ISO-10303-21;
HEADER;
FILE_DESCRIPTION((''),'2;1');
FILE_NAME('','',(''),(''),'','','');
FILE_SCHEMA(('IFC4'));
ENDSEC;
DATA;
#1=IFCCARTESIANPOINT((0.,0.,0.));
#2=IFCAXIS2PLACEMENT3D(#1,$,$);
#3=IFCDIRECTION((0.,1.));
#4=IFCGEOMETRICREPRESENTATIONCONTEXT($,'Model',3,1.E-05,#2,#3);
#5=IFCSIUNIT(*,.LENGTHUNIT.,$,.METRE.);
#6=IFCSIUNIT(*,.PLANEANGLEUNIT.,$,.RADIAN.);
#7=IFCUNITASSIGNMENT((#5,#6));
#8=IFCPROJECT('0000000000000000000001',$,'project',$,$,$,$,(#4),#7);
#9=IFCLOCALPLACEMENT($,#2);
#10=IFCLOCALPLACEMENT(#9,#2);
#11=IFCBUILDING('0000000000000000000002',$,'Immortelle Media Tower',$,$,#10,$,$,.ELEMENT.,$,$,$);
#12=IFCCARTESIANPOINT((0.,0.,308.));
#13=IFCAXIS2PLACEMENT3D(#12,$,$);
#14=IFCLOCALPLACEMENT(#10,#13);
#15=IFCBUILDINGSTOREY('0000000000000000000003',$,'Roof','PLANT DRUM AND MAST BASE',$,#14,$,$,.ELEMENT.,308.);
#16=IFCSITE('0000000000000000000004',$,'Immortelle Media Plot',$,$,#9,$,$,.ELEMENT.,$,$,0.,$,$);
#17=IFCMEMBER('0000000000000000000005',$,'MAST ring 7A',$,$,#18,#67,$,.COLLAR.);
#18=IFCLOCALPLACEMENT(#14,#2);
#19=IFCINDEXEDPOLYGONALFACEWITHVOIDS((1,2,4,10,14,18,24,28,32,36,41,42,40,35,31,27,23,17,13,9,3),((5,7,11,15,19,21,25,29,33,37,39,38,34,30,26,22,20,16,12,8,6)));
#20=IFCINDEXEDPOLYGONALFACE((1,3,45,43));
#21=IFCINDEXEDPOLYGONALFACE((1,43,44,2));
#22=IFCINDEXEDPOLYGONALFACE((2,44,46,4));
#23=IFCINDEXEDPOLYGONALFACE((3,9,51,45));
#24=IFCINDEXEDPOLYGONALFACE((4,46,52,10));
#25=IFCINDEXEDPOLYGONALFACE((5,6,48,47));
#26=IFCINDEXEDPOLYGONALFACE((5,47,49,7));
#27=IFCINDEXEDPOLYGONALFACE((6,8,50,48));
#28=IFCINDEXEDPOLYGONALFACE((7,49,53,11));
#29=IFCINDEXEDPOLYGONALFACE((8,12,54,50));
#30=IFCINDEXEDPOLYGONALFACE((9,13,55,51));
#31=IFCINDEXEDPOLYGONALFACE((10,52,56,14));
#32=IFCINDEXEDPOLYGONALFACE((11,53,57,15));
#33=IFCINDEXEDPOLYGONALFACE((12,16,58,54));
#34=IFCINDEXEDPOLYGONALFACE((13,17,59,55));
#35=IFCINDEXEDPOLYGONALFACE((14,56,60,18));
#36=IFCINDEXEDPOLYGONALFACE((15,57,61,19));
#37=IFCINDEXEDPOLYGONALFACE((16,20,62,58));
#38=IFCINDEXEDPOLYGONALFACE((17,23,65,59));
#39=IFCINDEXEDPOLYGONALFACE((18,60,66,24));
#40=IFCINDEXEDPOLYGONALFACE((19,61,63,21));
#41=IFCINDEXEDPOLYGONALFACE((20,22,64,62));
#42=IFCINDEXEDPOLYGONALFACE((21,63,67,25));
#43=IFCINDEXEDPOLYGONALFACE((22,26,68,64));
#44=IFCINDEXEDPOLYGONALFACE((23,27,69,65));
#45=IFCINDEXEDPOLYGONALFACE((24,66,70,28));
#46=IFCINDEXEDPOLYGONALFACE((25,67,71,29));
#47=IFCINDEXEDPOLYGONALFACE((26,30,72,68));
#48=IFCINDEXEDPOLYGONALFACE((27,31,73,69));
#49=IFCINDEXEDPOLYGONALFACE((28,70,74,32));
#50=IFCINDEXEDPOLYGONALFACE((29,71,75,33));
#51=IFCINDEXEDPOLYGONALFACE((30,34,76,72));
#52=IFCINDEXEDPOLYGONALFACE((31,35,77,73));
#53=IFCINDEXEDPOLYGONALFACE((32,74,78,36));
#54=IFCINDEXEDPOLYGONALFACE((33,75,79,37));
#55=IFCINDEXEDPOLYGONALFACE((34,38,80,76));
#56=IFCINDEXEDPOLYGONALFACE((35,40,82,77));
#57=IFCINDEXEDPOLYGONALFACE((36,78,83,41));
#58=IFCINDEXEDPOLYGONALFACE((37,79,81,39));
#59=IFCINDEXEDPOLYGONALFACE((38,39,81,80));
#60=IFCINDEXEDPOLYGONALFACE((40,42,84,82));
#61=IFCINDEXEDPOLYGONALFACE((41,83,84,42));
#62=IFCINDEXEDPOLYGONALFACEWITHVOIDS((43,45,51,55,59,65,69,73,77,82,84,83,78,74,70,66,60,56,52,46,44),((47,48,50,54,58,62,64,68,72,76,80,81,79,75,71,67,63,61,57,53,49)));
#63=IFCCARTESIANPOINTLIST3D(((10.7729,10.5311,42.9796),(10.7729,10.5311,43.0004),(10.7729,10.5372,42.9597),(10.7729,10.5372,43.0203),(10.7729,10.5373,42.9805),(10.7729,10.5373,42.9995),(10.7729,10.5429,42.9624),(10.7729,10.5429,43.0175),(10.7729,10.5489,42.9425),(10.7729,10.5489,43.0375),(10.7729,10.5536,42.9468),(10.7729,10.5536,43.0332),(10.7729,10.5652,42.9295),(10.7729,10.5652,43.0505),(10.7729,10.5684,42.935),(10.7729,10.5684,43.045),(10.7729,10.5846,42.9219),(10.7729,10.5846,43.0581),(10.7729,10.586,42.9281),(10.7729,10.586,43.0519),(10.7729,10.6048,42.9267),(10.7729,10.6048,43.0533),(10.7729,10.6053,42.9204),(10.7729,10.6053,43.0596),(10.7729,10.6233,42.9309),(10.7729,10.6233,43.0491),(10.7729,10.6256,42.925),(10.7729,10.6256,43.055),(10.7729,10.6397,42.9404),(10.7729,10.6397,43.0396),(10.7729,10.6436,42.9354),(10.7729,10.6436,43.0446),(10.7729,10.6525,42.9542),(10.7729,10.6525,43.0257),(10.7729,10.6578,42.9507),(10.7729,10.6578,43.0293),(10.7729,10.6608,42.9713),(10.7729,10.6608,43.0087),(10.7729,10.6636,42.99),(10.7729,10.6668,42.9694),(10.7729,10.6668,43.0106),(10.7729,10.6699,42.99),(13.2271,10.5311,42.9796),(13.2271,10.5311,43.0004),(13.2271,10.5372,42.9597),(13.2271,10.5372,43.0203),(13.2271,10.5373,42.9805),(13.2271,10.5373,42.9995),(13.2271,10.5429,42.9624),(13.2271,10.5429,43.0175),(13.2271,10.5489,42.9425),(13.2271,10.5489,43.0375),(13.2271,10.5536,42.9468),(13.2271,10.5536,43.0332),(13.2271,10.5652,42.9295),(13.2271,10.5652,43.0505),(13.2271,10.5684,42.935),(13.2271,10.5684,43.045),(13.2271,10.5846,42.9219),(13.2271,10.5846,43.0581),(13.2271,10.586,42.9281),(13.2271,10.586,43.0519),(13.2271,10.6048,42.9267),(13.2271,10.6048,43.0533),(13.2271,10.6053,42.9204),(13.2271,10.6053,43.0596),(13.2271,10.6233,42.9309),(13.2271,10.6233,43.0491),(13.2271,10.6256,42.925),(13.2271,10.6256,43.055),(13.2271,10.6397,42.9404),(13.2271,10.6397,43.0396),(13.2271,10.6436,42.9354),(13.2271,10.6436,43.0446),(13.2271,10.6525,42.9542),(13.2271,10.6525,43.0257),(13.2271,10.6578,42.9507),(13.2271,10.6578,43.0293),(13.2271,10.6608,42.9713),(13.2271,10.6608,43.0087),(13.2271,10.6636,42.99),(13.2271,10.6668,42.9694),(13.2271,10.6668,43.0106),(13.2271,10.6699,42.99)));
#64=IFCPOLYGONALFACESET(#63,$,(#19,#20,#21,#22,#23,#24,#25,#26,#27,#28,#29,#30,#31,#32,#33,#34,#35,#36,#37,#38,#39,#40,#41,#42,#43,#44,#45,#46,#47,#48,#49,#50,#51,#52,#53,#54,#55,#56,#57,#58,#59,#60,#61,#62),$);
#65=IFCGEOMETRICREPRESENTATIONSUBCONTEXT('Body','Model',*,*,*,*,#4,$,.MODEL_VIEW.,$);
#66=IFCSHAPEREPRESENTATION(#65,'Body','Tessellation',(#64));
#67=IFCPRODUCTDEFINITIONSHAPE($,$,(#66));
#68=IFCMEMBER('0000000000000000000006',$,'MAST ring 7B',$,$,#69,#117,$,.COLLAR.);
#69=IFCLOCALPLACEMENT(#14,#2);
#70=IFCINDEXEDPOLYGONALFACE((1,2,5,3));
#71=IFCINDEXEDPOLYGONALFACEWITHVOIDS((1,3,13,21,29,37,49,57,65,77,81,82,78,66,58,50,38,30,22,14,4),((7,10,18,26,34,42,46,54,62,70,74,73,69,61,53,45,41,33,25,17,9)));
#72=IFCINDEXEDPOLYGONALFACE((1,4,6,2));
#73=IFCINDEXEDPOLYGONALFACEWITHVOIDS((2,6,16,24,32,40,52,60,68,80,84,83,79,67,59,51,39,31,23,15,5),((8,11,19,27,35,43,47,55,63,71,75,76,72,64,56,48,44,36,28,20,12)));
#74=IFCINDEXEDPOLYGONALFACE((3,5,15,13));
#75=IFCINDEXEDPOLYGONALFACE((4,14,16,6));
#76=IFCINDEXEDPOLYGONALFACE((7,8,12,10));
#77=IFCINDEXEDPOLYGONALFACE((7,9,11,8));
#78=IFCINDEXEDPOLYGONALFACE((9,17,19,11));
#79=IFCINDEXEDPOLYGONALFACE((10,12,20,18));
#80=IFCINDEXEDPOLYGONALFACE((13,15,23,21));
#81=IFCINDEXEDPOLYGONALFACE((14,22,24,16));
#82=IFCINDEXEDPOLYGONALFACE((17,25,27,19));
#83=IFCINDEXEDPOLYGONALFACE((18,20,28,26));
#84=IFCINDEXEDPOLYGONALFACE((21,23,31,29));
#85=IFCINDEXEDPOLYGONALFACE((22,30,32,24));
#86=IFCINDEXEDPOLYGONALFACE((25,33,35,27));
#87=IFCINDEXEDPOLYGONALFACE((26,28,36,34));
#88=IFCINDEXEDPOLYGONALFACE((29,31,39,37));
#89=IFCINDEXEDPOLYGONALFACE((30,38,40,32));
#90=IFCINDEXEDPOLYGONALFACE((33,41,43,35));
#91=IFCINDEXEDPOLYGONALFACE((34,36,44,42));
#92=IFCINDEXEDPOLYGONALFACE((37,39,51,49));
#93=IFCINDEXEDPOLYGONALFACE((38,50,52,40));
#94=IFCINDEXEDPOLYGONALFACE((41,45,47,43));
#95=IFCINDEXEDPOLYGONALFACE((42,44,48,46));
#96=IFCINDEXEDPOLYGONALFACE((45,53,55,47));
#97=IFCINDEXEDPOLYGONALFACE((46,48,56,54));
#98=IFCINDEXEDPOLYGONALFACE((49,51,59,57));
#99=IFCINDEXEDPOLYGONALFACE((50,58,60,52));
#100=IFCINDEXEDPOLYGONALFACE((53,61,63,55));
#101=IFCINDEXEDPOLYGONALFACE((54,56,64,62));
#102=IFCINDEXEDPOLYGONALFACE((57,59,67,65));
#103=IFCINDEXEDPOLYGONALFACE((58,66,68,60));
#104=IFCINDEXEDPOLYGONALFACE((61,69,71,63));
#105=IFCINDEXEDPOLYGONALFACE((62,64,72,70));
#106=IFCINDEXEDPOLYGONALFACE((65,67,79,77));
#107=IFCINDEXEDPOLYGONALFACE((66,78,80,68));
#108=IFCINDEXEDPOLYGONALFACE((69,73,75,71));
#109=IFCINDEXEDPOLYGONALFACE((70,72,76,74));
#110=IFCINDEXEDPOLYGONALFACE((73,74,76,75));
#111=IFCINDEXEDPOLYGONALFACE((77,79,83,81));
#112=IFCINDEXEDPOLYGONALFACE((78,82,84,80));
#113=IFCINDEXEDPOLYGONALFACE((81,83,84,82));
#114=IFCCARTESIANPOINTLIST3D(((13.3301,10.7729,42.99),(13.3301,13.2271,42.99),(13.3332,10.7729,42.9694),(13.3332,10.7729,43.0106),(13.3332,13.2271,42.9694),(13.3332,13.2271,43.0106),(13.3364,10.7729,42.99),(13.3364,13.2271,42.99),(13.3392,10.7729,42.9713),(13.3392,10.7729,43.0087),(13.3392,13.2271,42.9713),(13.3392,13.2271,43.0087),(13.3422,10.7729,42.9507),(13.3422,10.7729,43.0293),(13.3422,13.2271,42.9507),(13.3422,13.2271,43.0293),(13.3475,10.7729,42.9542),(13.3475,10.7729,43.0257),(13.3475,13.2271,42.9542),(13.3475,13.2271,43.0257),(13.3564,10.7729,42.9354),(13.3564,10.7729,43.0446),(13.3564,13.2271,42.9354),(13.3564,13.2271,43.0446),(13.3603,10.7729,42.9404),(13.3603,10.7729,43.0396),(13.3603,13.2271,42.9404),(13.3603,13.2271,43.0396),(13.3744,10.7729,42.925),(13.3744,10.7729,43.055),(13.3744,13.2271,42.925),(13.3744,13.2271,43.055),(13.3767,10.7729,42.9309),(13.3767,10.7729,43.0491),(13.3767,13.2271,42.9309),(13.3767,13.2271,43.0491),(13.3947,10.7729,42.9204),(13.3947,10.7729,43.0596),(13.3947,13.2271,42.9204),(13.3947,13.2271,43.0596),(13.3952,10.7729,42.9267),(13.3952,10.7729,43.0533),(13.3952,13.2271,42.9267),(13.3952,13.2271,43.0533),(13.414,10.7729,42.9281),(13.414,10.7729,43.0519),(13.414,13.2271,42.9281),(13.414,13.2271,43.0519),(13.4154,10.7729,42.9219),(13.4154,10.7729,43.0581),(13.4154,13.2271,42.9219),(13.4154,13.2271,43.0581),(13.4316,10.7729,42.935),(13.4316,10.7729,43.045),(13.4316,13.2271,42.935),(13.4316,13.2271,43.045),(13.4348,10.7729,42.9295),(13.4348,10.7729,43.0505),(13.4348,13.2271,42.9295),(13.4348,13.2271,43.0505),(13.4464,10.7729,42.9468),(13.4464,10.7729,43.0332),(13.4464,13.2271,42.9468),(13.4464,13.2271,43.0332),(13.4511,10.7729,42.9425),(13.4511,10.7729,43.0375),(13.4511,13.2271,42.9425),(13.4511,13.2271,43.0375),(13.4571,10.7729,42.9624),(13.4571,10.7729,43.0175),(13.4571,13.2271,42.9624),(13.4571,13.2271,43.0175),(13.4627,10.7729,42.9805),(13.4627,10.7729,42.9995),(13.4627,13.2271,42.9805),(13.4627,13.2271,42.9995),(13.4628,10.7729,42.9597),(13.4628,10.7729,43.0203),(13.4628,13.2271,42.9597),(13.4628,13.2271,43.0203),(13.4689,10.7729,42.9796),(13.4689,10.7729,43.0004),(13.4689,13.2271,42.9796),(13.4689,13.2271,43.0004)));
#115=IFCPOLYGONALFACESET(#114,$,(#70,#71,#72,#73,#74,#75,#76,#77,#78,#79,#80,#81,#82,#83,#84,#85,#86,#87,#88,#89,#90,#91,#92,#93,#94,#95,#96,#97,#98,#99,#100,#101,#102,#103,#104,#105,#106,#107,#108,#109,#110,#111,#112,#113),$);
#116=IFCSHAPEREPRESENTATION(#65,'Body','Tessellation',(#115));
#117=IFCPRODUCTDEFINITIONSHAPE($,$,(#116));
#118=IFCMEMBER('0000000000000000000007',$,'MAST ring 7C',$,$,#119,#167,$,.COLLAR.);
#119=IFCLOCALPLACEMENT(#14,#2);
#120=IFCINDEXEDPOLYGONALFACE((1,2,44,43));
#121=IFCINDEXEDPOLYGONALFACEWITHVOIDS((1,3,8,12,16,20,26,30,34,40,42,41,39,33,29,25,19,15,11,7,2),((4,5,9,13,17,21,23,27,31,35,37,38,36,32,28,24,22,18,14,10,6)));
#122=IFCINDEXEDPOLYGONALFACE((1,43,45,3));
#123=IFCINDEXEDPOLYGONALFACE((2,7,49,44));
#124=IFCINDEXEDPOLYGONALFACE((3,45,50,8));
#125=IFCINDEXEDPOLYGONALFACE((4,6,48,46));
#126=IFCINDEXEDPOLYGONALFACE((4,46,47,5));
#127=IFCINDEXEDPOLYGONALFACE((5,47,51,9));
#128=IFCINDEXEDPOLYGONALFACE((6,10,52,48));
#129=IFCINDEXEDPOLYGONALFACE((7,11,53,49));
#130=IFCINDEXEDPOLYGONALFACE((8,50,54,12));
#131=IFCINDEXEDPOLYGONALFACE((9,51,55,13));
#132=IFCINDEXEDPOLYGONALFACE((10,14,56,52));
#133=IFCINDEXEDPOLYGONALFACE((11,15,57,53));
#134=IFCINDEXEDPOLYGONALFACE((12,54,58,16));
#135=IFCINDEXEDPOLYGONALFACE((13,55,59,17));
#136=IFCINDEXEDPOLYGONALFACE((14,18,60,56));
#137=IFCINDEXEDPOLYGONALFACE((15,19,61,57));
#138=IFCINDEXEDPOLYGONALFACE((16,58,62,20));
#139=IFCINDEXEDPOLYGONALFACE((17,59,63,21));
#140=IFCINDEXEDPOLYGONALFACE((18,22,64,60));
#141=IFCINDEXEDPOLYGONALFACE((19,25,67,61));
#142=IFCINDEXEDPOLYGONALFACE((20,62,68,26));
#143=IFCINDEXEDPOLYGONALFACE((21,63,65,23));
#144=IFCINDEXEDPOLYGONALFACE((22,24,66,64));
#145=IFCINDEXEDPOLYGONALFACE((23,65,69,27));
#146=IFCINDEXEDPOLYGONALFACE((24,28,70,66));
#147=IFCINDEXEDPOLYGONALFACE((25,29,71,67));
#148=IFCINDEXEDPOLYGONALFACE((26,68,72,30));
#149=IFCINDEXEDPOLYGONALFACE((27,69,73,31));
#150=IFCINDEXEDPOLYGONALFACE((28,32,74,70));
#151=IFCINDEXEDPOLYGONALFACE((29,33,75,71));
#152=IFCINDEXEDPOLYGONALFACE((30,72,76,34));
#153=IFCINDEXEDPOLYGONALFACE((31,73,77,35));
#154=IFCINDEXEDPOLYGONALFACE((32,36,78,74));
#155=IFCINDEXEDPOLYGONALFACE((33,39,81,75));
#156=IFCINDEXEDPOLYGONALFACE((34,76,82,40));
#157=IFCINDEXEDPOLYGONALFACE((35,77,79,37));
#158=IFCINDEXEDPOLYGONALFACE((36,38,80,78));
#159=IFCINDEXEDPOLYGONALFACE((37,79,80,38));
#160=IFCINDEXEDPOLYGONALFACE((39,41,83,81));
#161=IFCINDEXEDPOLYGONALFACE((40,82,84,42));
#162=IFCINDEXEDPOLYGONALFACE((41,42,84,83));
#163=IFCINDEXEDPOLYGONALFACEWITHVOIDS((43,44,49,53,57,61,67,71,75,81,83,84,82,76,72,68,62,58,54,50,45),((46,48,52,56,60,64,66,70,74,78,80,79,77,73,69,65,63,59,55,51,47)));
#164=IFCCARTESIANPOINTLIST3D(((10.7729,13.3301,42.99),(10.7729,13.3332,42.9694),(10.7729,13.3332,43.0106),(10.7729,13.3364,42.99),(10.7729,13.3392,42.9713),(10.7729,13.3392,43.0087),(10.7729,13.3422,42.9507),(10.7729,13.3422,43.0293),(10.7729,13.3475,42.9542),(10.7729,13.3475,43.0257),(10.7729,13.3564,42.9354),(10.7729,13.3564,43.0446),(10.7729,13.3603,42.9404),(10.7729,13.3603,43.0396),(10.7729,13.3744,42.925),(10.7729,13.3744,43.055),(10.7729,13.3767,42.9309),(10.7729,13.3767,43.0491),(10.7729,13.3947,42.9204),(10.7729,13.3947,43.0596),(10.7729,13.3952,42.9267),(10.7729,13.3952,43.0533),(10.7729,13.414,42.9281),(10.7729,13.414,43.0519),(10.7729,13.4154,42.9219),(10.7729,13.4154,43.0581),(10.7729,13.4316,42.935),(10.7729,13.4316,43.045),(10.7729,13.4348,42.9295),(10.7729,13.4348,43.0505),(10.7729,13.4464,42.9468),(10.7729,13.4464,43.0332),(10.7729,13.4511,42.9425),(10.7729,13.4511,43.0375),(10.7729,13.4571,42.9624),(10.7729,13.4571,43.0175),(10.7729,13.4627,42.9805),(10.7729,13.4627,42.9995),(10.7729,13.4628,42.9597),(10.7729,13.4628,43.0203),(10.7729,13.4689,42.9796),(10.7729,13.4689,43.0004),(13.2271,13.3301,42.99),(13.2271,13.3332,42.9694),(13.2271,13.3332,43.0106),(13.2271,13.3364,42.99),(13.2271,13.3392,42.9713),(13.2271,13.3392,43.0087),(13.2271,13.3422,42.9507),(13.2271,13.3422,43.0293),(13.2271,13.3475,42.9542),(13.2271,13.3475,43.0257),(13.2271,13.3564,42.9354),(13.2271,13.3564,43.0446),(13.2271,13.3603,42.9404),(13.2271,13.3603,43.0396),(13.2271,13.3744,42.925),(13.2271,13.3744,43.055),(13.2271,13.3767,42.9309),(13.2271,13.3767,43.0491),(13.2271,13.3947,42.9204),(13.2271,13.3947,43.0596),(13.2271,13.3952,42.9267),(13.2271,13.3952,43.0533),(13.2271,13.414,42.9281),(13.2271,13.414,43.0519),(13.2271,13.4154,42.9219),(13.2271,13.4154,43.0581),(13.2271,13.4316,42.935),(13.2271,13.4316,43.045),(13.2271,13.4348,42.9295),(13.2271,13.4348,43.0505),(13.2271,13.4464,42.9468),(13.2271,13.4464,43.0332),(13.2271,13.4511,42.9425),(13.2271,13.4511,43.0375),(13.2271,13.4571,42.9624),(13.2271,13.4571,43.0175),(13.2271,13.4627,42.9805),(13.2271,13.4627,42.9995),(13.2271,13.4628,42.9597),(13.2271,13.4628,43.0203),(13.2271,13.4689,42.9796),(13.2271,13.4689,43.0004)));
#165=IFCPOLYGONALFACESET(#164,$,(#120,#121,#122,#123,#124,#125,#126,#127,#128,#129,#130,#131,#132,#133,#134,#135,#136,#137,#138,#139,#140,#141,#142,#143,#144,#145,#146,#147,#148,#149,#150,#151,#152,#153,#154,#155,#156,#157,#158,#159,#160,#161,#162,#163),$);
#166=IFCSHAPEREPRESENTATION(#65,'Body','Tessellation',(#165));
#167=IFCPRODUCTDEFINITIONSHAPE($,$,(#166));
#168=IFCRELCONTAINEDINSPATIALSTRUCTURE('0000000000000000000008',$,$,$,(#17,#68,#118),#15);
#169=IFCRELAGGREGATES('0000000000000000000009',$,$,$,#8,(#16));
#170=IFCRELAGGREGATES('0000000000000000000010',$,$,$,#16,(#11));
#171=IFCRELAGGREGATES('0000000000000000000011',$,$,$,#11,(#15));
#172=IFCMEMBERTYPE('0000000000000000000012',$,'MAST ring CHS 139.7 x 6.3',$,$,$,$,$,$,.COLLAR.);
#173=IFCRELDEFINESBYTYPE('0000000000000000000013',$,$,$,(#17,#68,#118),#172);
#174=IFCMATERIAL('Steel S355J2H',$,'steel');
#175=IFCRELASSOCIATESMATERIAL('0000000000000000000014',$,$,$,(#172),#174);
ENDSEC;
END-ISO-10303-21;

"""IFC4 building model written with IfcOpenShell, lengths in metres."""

from ifc_helpers import new_model, si_unit, direction, frame, origin, origin_2d, place, context, subcontext, project, spatial, hollow_circle, extrude, material, material_profile, profile_set, type_object, element, save


model = new_model("IFC4")

# Units and contexts
model_context = context("Model", 3, precision=1e-05, world=origin(), true_north=direction((0.0, 1.0)))
body_context = subcontext(model_context, "Body", "Model", "MODEL_VIEW")
ifc_project = project(units=[si_unit("LENGTHUNIT", "METRE"), si_unit("PLANEANGLEUNIT", "RADIAN")], contexts=[model_context])

# Site, building, storey
site_placement = place(None, origin())
site = spatial("IfcSite", under=ifc_project, at=site_placement, Name="Immortelle Media Plot", CompositionType="ELEMENT", RefElevation=0.0)
building_placement = place(site_placement, origin())
building = spatial("IfcBuilding", under=site, at=building_placement, Name="Immortelle Media Tower", CompositionType="ELEMENT")
storey_placement = place(building_placement, frame((0.0, 0.0, 308.0)))
storey = spatial("IfcBuildingStorey", under=building, at=storey_placement, Name="Roof", Description="PLANT DRUM AND MAST BASE", CompositionType="ELEMENT", Elevation=308.0)

# Members
ifc_material_1 = material(Name="Steel S355J2H", Category="steel")
ifc_material_profile_1 = material_profile(ifc_material_1, hollow_circle(Radius=0.0698, WallThickness=0.0063, at=origin_2d()), Name="CHS 139.7 x 6.3")
ifc_profile_set_1 = profile_set([ifc_material_profile_1], Name="Steel S355J2H")
member_type_1 = type_object("IfcMemberType", Name="MAST ring CHS 139.7 x 6.3", PredefinedType="COLLAR", material=ifc_profile_set_1)
for number, where, z_axis, x_axis, name in (
    (1, (10.7729, 10.6001, 42.99), (1.0, 0.0, 0.0), (0.0, 1.0, 0.0), "MAST ring 7A"),
    (2, (13.3999, 10.7729, 42.99), (0.0, 1.0, 0.0), (-1.0, 0.0, 0.0), "MAST ring 7B"),
    (3, (13.2271, 13.3999, 42.99), (-1.0, 0.0, 0.0), (0.0, -1.0, 0.0), "MAST ring 7C"),
):
    element("IfcMember", number, at=place(storey_placement, frame(where, z_axis=z_axis, x_axis=x_axis)), inside=storey, type_object=member_type_1, Name=name, PredefinedType="COLLAR", context=body_context, shape_type="SweptSolid", body=[
        extrude(hollow_circle(Radius=0.0698, WallThickness=0.0063, at=origin_2d()), origin(), (0.0, 0.0, 1.0), 2.4541),
    ])

save(model, "model.ifc")
